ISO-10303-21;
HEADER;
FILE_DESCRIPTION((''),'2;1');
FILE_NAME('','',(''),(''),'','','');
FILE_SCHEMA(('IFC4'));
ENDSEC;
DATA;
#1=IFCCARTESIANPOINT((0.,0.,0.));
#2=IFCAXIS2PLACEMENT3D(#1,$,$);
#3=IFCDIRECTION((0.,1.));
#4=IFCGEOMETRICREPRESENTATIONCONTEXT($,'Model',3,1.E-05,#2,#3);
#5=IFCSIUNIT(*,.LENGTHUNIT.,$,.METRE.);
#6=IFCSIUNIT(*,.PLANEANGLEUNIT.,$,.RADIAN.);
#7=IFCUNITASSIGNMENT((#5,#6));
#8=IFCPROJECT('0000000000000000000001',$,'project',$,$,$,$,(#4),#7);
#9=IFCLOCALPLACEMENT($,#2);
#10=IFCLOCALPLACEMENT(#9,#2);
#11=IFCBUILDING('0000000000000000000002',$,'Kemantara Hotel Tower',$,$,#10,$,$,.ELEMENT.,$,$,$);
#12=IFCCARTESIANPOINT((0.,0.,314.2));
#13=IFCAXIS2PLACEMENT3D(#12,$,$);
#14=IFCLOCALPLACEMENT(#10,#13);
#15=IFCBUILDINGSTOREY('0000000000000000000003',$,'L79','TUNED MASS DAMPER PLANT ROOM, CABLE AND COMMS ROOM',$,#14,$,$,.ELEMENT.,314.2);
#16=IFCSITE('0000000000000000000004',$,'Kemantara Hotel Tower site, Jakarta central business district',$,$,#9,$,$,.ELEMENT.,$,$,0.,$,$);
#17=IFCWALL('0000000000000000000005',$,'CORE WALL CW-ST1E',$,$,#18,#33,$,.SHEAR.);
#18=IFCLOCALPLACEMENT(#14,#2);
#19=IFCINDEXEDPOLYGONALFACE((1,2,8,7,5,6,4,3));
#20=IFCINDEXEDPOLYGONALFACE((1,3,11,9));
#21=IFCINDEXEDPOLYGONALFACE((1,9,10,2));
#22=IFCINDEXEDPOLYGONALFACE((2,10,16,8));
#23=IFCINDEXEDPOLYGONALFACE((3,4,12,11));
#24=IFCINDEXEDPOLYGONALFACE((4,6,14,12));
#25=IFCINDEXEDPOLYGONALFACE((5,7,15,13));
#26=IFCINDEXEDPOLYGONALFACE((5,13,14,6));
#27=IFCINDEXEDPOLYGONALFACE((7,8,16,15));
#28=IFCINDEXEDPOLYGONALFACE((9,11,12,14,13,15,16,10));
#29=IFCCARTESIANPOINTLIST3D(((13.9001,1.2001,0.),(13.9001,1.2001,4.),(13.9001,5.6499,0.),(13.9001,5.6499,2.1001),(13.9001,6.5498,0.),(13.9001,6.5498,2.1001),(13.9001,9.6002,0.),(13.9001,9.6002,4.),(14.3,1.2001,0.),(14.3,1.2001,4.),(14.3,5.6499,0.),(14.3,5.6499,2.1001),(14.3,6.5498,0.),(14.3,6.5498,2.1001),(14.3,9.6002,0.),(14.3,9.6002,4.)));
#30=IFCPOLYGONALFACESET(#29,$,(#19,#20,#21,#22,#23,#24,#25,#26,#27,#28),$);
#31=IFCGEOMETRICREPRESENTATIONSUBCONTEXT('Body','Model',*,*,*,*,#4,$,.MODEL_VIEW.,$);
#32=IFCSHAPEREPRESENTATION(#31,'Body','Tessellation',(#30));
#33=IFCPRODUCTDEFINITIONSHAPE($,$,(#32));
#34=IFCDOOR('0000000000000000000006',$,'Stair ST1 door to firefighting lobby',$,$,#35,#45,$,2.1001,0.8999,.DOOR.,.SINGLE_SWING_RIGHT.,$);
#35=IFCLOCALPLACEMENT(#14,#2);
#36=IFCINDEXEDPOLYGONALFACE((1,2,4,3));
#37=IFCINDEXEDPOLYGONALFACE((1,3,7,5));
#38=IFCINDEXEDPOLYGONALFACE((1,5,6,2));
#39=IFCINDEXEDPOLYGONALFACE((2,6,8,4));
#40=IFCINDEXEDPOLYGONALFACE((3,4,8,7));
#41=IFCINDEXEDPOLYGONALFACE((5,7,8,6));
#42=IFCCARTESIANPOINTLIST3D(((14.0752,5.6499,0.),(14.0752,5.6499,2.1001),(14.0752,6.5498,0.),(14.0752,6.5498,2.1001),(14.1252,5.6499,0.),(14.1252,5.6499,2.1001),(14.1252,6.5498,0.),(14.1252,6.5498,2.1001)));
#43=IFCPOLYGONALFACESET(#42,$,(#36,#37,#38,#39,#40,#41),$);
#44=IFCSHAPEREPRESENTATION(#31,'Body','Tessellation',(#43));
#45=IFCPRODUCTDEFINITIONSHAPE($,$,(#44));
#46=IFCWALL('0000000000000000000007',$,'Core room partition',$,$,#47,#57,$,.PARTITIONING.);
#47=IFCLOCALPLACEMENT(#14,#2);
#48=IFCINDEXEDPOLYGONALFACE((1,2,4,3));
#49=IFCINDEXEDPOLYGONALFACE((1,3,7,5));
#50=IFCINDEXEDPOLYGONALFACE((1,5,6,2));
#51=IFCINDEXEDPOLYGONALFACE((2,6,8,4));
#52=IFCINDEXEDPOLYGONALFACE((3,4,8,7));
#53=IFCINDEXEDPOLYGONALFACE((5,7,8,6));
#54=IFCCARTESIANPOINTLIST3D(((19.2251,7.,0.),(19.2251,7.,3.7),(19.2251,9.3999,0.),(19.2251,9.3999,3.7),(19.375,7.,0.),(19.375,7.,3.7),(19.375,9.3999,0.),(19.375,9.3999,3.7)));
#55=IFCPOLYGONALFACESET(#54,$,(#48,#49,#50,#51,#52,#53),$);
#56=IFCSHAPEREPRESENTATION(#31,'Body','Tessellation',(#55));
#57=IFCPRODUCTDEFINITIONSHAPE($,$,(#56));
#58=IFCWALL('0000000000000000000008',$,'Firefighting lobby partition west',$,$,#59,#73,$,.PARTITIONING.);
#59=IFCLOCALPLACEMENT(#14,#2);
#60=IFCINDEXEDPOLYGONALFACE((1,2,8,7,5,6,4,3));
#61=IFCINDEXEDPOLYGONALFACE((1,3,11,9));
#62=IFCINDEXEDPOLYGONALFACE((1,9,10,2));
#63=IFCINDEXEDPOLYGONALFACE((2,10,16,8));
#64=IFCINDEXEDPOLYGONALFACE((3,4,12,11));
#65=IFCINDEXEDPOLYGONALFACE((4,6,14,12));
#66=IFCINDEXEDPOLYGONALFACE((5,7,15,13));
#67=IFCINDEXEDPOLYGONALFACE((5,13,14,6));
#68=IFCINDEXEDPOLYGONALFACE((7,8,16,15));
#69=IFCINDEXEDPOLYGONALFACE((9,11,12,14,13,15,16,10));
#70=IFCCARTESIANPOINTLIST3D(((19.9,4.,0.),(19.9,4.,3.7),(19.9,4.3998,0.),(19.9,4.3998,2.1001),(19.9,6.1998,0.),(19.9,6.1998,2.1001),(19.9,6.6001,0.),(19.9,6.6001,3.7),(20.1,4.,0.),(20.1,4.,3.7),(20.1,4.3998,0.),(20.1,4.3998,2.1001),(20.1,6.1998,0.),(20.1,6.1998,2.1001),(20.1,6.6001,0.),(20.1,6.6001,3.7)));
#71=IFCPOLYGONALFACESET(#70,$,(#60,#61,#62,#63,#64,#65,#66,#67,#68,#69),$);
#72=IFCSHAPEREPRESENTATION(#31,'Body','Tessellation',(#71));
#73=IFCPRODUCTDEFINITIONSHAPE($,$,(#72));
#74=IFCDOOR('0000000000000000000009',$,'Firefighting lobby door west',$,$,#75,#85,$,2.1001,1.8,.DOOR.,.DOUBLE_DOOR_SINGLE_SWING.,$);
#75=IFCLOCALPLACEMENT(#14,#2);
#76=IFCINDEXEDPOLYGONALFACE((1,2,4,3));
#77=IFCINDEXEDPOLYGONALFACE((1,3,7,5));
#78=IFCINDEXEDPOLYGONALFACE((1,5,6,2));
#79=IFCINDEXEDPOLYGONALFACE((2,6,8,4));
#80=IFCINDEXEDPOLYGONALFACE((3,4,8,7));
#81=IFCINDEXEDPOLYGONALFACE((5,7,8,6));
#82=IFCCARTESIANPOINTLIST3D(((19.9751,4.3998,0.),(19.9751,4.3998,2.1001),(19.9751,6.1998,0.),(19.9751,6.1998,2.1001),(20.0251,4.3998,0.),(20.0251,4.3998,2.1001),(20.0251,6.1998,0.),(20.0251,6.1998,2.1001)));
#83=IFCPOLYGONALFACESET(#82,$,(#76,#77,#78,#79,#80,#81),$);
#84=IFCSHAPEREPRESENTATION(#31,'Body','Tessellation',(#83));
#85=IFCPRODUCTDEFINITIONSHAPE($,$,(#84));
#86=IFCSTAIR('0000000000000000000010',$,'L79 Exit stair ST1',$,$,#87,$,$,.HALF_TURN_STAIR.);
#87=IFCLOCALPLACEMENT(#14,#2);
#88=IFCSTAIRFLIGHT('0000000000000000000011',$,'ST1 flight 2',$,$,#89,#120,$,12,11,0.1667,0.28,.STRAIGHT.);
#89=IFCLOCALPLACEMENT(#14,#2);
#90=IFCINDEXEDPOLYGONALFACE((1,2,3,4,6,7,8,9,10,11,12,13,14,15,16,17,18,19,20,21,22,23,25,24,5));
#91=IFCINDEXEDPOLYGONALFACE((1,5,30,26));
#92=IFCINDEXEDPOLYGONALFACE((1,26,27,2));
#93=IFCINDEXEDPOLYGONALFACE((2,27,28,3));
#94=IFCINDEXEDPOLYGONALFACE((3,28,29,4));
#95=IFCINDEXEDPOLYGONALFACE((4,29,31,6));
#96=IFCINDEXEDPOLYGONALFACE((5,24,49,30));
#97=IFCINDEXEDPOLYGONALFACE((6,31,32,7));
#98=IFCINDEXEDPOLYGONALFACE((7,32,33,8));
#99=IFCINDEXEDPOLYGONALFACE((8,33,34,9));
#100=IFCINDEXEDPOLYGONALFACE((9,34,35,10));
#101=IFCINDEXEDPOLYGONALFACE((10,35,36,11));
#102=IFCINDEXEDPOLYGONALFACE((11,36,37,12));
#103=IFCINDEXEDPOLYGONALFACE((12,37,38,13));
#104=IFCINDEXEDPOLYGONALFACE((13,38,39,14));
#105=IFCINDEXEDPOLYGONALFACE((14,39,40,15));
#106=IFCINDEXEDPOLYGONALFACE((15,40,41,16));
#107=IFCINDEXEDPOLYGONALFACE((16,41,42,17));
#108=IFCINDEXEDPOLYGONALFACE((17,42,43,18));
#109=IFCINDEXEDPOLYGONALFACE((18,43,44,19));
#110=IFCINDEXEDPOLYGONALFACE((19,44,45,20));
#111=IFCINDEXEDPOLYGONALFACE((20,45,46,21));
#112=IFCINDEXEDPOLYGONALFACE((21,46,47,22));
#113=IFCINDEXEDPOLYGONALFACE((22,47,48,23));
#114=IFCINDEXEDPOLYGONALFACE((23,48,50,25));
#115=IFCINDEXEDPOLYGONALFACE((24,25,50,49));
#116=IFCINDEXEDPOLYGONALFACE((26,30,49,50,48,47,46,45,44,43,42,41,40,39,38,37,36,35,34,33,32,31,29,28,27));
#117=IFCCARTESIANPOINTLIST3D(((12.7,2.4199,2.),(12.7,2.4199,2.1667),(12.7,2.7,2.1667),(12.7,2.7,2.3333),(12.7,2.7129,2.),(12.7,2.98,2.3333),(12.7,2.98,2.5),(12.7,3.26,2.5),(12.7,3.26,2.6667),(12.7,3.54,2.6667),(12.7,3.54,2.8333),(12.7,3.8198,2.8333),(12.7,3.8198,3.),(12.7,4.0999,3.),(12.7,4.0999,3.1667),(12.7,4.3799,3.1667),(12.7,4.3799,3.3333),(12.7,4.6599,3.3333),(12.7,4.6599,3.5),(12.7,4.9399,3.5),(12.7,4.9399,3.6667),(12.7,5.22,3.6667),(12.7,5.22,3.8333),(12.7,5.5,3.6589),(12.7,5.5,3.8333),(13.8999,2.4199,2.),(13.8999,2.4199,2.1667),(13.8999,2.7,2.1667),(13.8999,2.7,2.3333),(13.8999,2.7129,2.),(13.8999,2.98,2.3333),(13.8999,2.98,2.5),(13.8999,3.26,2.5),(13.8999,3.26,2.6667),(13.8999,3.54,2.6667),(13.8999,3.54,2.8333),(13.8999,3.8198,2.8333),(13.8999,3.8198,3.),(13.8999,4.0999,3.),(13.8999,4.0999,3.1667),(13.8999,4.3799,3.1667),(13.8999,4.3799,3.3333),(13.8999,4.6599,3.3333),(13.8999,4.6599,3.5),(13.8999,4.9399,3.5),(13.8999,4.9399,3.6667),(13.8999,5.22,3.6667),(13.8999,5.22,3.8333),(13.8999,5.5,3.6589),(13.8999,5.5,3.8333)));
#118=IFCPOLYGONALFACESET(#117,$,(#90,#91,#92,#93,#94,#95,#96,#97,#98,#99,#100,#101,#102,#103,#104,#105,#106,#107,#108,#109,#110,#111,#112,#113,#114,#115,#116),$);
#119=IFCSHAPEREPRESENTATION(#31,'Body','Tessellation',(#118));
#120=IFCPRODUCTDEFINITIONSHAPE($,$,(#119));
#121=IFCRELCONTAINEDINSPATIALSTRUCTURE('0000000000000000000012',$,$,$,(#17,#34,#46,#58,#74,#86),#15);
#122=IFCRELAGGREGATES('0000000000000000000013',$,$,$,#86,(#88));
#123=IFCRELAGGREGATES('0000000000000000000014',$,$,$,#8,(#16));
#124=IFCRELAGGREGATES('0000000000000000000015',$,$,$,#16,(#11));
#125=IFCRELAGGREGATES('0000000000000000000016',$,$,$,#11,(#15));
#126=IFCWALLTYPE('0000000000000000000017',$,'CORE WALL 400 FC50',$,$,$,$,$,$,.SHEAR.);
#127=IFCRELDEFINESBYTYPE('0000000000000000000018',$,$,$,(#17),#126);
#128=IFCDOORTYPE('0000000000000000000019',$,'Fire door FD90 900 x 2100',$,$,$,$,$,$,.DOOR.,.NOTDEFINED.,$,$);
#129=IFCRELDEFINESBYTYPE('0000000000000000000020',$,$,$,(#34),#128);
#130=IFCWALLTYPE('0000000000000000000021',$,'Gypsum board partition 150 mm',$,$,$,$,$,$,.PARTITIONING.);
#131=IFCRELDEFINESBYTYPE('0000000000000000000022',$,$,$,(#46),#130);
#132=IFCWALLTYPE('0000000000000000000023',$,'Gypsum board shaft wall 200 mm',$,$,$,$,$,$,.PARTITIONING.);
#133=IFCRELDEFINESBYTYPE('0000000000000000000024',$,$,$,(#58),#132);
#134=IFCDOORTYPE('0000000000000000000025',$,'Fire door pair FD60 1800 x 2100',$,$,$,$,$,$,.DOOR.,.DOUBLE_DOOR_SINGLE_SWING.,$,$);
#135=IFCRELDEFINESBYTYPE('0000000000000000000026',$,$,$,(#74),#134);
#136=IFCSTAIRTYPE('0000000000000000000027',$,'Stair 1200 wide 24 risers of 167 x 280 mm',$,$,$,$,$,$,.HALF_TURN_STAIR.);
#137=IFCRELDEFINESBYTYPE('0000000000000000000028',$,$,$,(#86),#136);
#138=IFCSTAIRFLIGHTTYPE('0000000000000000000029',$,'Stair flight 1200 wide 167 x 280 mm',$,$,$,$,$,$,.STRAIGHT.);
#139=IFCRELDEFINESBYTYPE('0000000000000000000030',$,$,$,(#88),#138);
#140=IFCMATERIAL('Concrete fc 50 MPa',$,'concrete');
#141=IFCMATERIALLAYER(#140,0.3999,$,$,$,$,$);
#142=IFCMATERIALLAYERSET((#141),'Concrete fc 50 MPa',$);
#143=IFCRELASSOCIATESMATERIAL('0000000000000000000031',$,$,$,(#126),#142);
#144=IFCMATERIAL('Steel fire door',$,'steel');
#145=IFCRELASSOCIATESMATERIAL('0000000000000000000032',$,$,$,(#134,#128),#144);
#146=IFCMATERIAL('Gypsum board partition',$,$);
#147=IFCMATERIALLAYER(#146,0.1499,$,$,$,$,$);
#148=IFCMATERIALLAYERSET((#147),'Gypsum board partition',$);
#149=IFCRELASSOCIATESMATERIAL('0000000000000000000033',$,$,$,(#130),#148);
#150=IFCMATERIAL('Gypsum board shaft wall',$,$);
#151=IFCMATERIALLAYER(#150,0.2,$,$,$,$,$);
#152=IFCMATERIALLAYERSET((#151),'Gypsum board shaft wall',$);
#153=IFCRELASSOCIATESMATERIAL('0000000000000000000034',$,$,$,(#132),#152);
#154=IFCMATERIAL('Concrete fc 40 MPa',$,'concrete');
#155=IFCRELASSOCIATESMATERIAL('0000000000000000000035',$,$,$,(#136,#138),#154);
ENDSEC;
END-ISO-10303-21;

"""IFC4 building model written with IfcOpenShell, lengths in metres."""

from ifc_helpers import new_model, si_unit, direction, frame, frame_2d, origin, place, context, subcontext, project, spatial, polyline, rectangle, outline, extrude, material, layer, layer_set, type_object, element, fill, aggregate, save


model = new_model("IFC4")

# Units and contexts
model_context = context("Model", 3, precision=1e-05, world=origin(), true_north=direction((0.0, 1.0)))
body_context = subcontext(model_context, "Body", "Model", "MODEL_VIEW")
ifc_project = project(units=[si_unit("LENGTHUNIT", "METRE"), si_unit("PLANEANGLEUNIT", "RADIAN")], contexts=[model_context])

# Site, building, storey
site_placement = place(None, origin())
site = spatial("IfcSite", under=ifc_project, at=site_placement, Name="Kemantara Hotel Tower site, Jakarta central business district", CompositionType="ELEMENT", RefElevation=0.0)
building_placement = place(site_placement, origin())
building = spatial("IfcBuilding", under=site, at=building_placement, Name="Kemantara Hotel Tower", CompositionType="ELEMENT")
storey_placement = place(building_placement, frame((0.0, 0.0, 314.2)))
storey = spatial("IfcBuildingStorey", under=building, at=storey_placement, Name="L79", Description="TUNED MASS DAMPER PLANT ROOM, CABLE AND COMMS ROOM", CompositionType="ELEMENT", Elevation=314.2)

# Shared definitions
ifc_material_1 = material(Name="Concrete fc 50 MPa", Category="concrete")

# Shared definitions
ifc_layer_1 = layer(ifc_material_1, 0.3999)
ifc_layer_set_1 = layer_set([ifc_layer_1], Name="Concrete fc 50 MPa")
wall_type_1 = type_object("IfcWallType", Name="CORE WALL 400 FC50", PredefinedType="SHEAR", material=ifc_layer_set_1)
ifc_material_2 = material(Name="Steel fire door", Category="steel")
door_type_1 = type_object("IfcDoorType", Name="Fire door pair FD60 1800 x 2100", OperationType="DOUBLE_DOOR_SINGLE_SWING", PredefinedType="DOOR", material=ifc_material_2)

# Wall, opening, door
wall_1_placement = place(storey_placement, frame((14.1001, 1.2, 0.0), z_axis=(0.0, 0.0, 1.0), x_axis=(0.0, 1.0, 0.0)))
wall_1 = element("IfcWall", 1, at=wall_1_placement, inside=storey, type_object=wall_type_1, Name="CORE WALL CW-ST1E", PredefinedType="SHEAR", context=body_context, shape_type="SweptSolid", body=[
    extrude(rectangle(XDim=8.4001, YDim=0.3999, at=frame_2d((4.2002, 0.0))), origin(), (0.0, 0.0, 1.0), 4.0),
])
opening_1_placement = place(wall_1_placement, frame((4.45, 0.0, 0.0)))
opening_1 = element("IfcOpeningElement", 2, at=opening_1_placement, cuts=wall_1, PredefinedType="OPENING", context=body_context, shape_type="SweptSolid", body=[
    extrude(rectangle(XDim=0.8999, YDim=2.1001, at=frame_2d((0.45, 1.05))), frame((0.0, 0.21, 0.0), z_axis=(0.0, -1.0, 0.0), x_axis=(1.0, 0.0, 0.0)), (0.0, 0.0, 1.0), 0.4199),
])
door_type_2 = type_object("IfcDoorType", Name="Fire door FD90 900 x 2100", OperationType="NOTDEFINED", PredefinedType="DOOR", material=ifc_material_2)
door_1_placement = place(opening_1_placement, origin())
door_1 = element("IfcDoor", 3, at=door_1_placement, inside=storey, type_object=door_type_2, Name="Stair ST1 door to firefighting lobby", OperationType="SINGLE_SWING_RIGHT", OverallHeight=2.1001, OverallWidth=0.8999, PredefinedType="DOOR", context=body_context, shape_type="SweptSolid", body=[
    extrude(rectangle(XDim=0.8999, YDim=2.1001, at=frame_2d((0.45, 1.05))), frame((0.0, 0.0249, 0.0), z_axis=(0.0, -1.0, 0.0), x_axis=(1.0, 0.0, 0.0)), (0.0, 0.0, 1.0), 0.05),
])
fill(opening_1, door_1)

# Wall
ifc_material_3 = material(Name="Gypsum board partition")
ifc_layer_2 = layer(ifc_material_3, 0.1499)
ifc_layer_set_2 = layer_set([ifc_layer_2], Name="Gypsum board partition")
wall_type_2 = type_object("IfcWallType", Name="Gypsum board partition 150 mm", PredefinedType="PARTITIONING", material=ifc_layer_set_2)
wall_2_placement = place(storey_placement, frame((19.3, 7.0, 0.0), z_axis=(0.0, 0.0, 1.0), x_axis=(0.0, 1.0, 0.0)))
element("IfcWall", 4, at=wall_2_placement, inside=storey, type_object=wall_type_2, Name="Core room partition", PredefinedType="PARTITIONING", context=body_context, shape_type="SweptSolid", body=[
    extrude(rectangle(XDim=2.3999, YDim=0.1499, at=frame_2d((1.2, 0.0))), origin(), (0.0, 0.0, 1.0), 3.7),
])

# Wall, opening, door
ifc_material_4 = material(Name="Gypsum board shaft wall")
ifc_layer_3 = layer(ifc_material_4, 0.2)
ifc_layer_set_3 = layer_set([ifc_layer_3], Name="Gypsum board shaft wall")
wall_type_3 = type_object("IfcWallType", Name="Gypsum board shaft wall 200 mm", PredefinedType="PARTITIONING", material=ifc_layer_set_3)
wall_3_placement = place(storey_placement, frame((20.0, 4.0, 0.0), z_axis=(0.0, 0.0, 1.0), x_axis=(0.0, 1.0, 0.0)))
wall_3 = element("IfcWall", 5, at=wall_3_placement, inside=storey, type_object=wall_type_3, Name="Firefighting lobby partition west", PredefinedType="PARTITIONING", context=body_context, shape_type="SweptSolid", body=[
    extrude(rectangle(XDim=2.6001, YDim=0.2, at=frame_2d((1.3, 0.0))), origin(), (0.0, 0.0, 1.0), 3.7),
])
opening_2_placement = place(wall_3_placement, frame((0.3999, 0.0, 0.0)))
opening_2 = element("IfcOpeningElement", 6, at=opening_2_placement, cuts=wall_3, PredefinedType="OPENING", context=body_context, shape_type="SweptSolid", body=[
    extrude(rectangle(XDim=1.8, YDim=2.1001, at=frame_2d((0.8999, 1.05))), frame((0.0, 0.1099, 0.0), z_axis=(0.0, -1.0, 0.0), x_axis=(1.0, 0.0, 0.0)), (0.0, 0.0, 1.0), 0.22),
])
door_2_placement = place(opening_2_placement, origin())
door_2 = element("IfcDoor", 7, at=door_2_placement, inside=storey, type_object=door_type_1, Name="Firefighting lobby door west", OperationType="DOUBLE_DOOR_SINGLE_SWING", OverallHeight=2.1001, OverallWidth=1.8, PredefinedType="DOOR", context=body_context, shape_type="SweptSolid", body=[
    extrude(rectangle(XDim=1.8, YDim=2.1001, at=frame_2d((0.8999, 1.05))), frame((0.0, 0.0249, 0.0), z_axis=(0.0, -1.0, 0.0), x_axis=(1.0, 0.0, 0.0)), (0.0, 0.0, 1.0), 0.05),
])
fill(opening_2, door_2)

# Stair, stair flight
ifc_material_5 = material(Name="Concrete fc 40 MPa", Category="concrete")
stair_type = type_object("IfcStairType", Name="Stair 1200 wide 24 risers of 167 x 280 mm", PredefinedType="HALF_TURN_STAIR", material=ifc_material_5)
stair_placement = place(storey_placement, origin())
stair = element("IfcStair", 8, at=stair_placement, inside=storey, type_object=stair_type, Name="L79 Exit stair ST1", PredefinedType="HALF_TURN_STAIR")
stair_flight_type = type_object("IfcStairFlightType", Name="Stair flight 1200 wide 167 x 280 mm", PredefinedType="STRAIGHT", material=ifc_material_5)
stair_flight_placement = place(storey_placement, frame((13.3, 2.4199, 2.0), z_axis=(0.0, 0.0, 1.0), x_axis=(0.0, 1.0, 0.0)))
stair_flight = element("IfcStairFlight", 9, at=stair_flight_placement, type_object=stair_flight_type, Name="ST1 flight 2", NumberOfRisers=12, NumberOfTreads=11, PredefinedType="STRAIGHT", RiserHeight=0.1667, TreadLength=0.28, context=body_context, shape_type="SweptSolid", body=[
    extrude(outline(polyline([(0.0, 0.0), (0.0, 0.1667), (0.28, 0.1667), (0.28, 0.3333), (0.5601, 0.3333), (0.5601, 0.5), (0.8401, 0.5), (0.8401, 0.6667), (1.1201, 0.6667), (1.1201, 0.8333), (1.3999, 0.8333), (1.3999, 1.0), (1.6799, 1.0), (1.6799, 1.1667), (1.96, 1.1667), (1.96, 1.3333), (2.24, 1.3333), (2.24, 1.5), (2.52, 1.5), (2.52, 1.6667), (2.8, 1.6667), (2.8, 1.8333), (3.0801, 1.8333), (3.0801, 2.0), (3.0801, 1.6589), (0.293, 0.0), (0.0, 0.0)])), frame((0.0, 0.6001, 0.0), z_axis=(0.0, -1.0, 0.0), x_axis=(1.0, 0.0, 0.0)), (0.0, 0.0, 1.0), 1.2),
])
aggregate(stair, [stair_flight])

save(model, "model.ifc")
